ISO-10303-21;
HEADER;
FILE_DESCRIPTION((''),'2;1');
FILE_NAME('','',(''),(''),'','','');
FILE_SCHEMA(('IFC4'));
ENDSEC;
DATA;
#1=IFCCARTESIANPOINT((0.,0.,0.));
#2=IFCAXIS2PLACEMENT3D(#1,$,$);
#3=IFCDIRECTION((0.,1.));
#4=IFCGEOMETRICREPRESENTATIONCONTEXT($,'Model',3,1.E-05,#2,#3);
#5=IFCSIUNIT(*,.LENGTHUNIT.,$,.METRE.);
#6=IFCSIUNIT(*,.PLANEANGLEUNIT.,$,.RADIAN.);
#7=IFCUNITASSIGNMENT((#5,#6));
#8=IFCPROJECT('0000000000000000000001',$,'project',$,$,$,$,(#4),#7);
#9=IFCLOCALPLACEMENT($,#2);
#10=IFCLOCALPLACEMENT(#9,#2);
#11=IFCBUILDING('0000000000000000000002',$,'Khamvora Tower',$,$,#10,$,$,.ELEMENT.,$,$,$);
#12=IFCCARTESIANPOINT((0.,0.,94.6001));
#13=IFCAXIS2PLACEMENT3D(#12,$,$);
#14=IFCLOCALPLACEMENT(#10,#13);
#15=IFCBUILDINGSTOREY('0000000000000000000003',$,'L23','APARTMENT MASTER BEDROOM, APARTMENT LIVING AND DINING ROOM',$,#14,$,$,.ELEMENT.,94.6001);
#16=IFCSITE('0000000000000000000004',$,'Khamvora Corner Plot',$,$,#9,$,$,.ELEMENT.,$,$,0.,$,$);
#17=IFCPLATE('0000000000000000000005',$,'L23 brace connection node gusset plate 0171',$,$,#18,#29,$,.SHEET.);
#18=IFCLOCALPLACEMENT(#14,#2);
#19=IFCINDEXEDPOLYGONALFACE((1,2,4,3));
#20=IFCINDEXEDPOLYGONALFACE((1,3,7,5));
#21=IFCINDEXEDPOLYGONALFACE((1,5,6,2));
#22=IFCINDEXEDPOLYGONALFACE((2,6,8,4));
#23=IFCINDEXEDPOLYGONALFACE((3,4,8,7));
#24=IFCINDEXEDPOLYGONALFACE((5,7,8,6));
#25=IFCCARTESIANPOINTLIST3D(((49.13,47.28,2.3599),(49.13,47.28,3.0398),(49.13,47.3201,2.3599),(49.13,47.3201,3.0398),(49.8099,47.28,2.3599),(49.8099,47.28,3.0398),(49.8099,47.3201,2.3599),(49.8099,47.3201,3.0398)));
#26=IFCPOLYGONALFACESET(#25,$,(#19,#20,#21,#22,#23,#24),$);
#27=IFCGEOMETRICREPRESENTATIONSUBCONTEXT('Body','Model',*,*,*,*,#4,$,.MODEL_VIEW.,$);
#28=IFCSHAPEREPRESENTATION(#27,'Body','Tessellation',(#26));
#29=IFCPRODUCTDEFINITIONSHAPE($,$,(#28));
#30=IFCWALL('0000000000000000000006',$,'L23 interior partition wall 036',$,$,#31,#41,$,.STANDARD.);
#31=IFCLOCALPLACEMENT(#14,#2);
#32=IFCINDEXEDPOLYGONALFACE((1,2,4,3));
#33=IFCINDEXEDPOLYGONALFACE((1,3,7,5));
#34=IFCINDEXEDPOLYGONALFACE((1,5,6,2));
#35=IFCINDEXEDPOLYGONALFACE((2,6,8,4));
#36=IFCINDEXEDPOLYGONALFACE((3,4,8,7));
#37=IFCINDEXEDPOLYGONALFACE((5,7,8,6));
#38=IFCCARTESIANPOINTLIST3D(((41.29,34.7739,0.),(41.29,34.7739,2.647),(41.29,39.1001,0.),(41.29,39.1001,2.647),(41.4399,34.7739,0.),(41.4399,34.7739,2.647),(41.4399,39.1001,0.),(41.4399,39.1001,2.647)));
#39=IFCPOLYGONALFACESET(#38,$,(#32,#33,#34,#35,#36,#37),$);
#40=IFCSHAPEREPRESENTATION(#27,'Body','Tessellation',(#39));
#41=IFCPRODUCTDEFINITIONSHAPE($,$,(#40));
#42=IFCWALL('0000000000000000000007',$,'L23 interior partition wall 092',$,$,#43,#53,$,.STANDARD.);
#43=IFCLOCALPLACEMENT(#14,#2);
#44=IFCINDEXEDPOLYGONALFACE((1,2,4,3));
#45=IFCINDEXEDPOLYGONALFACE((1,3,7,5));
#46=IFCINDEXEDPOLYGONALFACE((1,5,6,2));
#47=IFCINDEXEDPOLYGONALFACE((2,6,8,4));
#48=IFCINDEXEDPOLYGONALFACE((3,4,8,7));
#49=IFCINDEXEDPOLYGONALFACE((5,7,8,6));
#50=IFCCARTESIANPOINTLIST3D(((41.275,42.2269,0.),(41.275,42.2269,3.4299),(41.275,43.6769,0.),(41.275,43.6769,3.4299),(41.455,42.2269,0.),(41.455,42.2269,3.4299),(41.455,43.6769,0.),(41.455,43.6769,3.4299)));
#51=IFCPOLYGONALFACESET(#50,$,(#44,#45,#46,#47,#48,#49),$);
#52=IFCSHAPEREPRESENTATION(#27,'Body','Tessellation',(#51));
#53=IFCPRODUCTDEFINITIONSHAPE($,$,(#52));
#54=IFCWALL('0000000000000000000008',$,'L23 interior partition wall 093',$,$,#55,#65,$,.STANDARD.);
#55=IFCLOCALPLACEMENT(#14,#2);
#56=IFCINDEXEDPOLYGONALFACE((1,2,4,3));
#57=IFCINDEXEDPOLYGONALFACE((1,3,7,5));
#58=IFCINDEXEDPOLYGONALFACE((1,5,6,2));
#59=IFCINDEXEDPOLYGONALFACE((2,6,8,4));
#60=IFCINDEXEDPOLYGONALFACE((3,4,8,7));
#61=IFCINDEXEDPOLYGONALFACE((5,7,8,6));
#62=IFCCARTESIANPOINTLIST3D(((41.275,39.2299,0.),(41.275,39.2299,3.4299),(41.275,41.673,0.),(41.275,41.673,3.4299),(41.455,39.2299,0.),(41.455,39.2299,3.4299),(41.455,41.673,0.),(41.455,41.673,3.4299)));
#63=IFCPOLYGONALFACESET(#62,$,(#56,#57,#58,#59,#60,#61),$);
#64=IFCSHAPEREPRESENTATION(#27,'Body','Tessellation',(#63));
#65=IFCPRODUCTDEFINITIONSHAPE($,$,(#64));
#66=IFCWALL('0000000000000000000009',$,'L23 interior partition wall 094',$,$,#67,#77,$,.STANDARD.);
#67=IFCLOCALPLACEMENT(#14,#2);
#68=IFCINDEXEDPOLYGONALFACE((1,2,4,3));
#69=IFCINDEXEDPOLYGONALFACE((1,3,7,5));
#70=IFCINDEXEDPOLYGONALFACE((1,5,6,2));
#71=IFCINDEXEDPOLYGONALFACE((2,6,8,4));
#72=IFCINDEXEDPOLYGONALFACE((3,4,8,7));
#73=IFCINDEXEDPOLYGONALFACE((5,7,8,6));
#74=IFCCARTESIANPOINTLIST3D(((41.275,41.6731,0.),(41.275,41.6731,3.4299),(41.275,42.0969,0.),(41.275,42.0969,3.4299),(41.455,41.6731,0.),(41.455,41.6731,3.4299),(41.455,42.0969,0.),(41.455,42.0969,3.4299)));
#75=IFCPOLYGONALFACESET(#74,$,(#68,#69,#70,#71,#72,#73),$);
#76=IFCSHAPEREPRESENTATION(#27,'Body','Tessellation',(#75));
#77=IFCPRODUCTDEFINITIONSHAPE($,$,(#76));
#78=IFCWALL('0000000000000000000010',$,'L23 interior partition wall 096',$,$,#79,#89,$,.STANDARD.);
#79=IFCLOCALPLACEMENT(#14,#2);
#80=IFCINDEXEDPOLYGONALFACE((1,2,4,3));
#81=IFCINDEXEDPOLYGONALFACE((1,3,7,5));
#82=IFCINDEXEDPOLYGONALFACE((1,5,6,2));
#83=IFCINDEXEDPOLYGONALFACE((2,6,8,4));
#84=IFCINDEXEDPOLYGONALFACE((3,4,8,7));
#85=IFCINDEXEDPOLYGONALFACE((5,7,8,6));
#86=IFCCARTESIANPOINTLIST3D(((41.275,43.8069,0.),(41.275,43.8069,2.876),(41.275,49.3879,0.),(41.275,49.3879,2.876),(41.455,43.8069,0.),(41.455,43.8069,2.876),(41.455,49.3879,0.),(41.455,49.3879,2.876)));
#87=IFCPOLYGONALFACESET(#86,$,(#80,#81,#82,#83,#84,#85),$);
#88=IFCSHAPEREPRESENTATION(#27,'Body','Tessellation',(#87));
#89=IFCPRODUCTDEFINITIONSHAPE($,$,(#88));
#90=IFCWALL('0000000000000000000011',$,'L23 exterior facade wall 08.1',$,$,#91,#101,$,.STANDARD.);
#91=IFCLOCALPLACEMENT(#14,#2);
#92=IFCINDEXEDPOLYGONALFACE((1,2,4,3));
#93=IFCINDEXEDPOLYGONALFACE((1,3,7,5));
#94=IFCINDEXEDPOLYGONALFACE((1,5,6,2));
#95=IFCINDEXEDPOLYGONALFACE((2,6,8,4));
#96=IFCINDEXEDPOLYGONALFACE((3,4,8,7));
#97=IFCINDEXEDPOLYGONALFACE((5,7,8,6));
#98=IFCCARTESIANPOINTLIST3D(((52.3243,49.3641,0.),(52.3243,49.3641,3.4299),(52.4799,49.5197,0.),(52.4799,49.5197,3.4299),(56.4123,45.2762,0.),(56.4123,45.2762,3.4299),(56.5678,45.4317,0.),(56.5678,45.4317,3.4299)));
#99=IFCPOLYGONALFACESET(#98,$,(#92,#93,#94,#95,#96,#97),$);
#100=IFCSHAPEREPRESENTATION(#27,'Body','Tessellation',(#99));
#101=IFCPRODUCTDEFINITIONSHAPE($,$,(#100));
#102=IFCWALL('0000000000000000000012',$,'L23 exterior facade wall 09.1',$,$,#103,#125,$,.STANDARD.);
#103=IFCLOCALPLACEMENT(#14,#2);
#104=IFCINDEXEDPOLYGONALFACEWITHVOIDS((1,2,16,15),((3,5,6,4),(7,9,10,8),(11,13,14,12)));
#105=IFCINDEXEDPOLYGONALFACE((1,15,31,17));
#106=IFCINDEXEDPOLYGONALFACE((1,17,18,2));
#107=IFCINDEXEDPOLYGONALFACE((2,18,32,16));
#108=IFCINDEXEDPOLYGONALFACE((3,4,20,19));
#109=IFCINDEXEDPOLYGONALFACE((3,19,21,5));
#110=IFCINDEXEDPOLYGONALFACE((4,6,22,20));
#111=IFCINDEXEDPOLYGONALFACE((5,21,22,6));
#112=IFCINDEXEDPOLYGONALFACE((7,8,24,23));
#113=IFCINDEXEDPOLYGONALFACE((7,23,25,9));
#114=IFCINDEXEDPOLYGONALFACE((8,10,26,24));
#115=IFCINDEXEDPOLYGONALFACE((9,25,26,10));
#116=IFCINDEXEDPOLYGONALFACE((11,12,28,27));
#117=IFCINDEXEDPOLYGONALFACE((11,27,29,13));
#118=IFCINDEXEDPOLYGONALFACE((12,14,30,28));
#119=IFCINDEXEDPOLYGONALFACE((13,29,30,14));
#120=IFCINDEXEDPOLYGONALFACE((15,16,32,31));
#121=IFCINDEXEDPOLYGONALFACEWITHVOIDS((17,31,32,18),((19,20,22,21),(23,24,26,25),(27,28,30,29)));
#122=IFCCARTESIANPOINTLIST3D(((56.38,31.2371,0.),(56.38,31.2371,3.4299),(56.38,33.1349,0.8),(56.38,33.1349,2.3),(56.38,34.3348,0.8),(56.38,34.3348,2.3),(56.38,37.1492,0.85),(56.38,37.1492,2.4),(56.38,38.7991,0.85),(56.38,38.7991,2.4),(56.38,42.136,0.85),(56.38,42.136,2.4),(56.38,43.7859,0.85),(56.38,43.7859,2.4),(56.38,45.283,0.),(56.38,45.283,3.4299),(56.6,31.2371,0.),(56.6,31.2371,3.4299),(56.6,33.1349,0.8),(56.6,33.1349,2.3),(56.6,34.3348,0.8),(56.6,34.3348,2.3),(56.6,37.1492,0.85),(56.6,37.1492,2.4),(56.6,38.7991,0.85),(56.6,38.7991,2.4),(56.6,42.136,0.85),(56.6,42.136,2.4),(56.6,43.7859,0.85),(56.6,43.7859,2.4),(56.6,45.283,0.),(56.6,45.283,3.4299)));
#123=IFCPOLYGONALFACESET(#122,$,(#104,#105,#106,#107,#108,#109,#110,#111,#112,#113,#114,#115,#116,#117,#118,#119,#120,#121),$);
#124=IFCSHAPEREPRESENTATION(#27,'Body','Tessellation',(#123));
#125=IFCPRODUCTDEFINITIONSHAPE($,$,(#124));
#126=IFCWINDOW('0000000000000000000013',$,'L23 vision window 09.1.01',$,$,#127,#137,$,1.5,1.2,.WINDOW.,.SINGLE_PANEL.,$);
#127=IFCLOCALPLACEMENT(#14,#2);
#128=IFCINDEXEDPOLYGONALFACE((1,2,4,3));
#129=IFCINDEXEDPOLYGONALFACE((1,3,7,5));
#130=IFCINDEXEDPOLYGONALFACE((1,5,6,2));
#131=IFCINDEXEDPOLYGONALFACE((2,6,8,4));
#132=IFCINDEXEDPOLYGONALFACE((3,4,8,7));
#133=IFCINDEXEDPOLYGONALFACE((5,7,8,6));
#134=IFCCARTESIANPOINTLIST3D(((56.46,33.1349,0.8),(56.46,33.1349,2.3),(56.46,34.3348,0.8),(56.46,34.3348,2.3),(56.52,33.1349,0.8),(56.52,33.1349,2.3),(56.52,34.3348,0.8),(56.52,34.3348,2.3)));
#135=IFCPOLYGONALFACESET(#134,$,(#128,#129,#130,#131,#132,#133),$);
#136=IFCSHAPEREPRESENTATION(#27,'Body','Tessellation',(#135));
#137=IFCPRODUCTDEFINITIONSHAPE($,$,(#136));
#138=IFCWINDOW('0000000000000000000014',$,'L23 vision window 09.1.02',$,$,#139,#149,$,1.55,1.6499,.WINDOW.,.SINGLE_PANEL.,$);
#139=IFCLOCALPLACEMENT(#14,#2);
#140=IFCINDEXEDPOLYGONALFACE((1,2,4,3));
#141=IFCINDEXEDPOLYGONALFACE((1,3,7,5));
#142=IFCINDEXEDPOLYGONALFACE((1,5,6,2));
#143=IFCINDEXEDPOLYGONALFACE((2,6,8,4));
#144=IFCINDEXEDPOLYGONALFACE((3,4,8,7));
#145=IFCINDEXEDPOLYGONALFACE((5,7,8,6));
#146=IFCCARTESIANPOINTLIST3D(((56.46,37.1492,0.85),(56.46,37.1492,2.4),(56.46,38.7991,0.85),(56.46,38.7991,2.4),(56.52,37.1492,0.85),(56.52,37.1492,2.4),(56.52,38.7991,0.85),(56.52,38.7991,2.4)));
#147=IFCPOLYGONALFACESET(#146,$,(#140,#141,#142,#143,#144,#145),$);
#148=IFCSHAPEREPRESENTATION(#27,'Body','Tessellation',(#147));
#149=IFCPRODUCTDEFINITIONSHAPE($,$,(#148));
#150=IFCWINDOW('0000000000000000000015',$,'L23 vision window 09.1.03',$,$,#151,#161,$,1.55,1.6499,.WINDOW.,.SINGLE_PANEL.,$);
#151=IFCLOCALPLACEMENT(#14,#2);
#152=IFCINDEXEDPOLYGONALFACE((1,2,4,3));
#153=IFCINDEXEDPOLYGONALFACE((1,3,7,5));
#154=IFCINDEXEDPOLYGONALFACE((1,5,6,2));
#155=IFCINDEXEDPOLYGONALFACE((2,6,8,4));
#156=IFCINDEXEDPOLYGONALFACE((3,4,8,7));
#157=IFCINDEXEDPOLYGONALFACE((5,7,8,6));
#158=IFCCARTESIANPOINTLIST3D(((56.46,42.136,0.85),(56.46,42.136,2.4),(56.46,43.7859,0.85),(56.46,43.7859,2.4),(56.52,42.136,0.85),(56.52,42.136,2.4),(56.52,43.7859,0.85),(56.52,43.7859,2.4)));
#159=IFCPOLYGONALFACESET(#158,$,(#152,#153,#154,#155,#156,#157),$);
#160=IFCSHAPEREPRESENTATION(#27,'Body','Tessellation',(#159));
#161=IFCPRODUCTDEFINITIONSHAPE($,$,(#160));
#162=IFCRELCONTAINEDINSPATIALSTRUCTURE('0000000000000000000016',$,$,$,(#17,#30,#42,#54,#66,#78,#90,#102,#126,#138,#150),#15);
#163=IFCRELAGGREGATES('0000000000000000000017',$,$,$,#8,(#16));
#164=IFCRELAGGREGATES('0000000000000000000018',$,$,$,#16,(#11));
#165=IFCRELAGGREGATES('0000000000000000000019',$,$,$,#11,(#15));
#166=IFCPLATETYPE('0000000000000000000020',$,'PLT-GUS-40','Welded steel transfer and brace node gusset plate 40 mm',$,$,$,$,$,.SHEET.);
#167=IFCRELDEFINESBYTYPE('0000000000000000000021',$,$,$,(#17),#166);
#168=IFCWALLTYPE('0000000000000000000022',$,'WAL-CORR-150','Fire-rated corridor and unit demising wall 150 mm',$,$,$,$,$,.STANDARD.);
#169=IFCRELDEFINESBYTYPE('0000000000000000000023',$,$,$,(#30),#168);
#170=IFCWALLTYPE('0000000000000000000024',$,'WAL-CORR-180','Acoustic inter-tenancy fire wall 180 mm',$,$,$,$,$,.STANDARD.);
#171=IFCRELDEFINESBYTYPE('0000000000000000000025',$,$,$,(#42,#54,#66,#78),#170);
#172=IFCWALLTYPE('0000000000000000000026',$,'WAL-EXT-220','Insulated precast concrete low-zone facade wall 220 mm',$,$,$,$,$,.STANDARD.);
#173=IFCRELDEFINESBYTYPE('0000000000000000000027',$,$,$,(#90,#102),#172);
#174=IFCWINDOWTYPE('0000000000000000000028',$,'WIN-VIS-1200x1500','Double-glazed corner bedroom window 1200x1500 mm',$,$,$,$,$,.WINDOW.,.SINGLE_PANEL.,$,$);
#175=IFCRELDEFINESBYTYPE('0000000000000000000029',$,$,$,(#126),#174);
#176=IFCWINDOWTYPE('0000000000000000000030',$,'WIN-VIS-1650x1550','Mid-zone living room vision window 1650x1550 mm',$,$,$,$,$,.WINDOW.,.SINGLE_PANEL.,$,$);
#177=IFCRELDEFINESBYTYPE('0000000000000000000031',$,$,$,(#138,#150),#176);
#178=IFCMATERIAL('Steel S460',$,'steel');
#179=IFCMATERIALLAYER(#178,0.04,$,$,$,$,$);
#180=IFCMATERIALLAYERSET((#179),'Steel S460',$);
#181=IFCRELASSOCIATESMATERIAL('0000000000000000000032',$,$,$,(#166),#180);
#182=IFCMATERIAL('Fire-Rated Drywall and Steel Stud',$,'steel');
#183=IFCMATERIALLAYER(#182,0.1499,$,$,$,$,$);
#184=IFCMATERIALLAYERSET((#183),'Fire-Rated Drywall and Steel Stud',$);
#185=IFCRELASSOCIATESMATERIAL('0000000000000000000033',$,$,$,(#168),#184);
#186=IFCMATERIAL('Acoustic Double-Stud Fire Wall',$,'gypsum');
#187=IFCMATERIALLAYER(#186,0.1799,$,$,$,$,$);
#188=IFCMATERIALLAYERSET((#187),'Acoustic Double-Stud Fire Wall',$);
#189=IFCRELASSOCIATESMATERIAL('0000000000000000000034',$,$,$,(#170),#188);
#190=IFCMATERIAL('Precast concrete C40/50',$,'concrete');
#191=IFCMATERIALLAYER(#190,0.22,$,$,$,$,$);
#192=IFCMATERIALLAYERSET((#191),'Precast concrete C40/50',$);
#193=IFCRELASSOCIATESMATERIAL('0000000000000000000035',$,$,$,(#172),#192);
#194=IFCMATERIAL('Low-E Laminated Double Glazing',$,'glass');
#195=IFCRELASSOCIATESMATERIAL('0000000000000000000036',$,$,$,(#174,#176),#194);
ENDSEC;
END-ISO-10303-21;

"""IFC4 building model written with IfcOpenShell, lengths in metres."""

from ifc_helpers import new_model, si_unit, direction, frame, frame_2d, origin, origin_2d, place, context, subcontext, project, spatial, rectangle, extrude, material, layer, layer_set, type_object, element, fill, save


model = new_model("IFC4")

# Units and contexts
model_context = context("Model", 3, precision=1e-05, world=origin(), true_north=direction((0.0, 1.0)))
body_context = subcontext(model_context, "Body", "Model", "MODEL_VIEW")
ifc_project = project(units=[si_unit("LENGTHUNIT", "METRE"), si_unit("PLANEANGLEUNIT", "RADIAN")], contexts=[model_context])

# Site, building, storey
site_placement = place(None, origin())
site = spatial("IfcSite", under=ifc_project, at=site_placement, Name="Khamvora Corner Plot", CompositionType="ELEMENT", RefElevation=0.0)
building_placement = place(site_placement, origin())
building = spatial("IfcBuilding", under=site, at=building_placement, Name="Khamvora Tower", CompositionType="ELEMENT")
storey_placement = place(building_placement, frame((0.0, 0.0, 94.6001)))
storey = spatial("IfcBuildingStorey", under=building, at=storey_placement, Name="L23", Description="APARTMENT MASTER BEDROOM, APARTMENT LIVING AND DINING ROOM", CompositionType="ELEMENT", Elevation=94.6001)

# Shared definitions
ifc_material_1 = material(Name="Steel S460", Category="steel")

# Plate
ifc_layer_1 = layer(ifc_material_1, 0.04)
ifc_layer_set_1 = layer_set([ifc_layer_1], Name="Steel S460")
plate_type_1 = type_object("IfcPlateType", Name="PLT-GUS-40", Description="Welded steel transfer and brace node gusset plate 40 mm", PredefinedType="SHEET", material=ifc_layer_set_1)
plate_1_placement = place(storey_placement, frame((49.47, 47.3, 2.3599), z_axis=(0.0, 0.0, 1.0), x_axis=(1.0, 0.0, 0.0)))
element("IfcPlate", 1, at=plate_1_placement, inside=storey, type_object=plate_type_1, Name="L23 brace connection node gusset plate 0171", PredefinedType="SHEET", context=body_context, shape_type="SweptSolid", body=[
    extrude(rectangle(XDim=0.6799, YDim=0.04, at=origin_2d()), origin(), (0.0, 0.0, 1.0), 0.6799),
])

# Walls
ifc_material_2 = material(Name="Fire-Rated Drywall and Steel Stud", Category="steel")
ifc_layer_2 = layer(ifc_material_2, 0.1499)
ifc_layer_set_2 = layer_set([ifc_layer_2], Name="Fire-Rated Drywall and Steel Stud")
wall_type_1 = type_object("IfcWallType", Name="WAL-CORR-150", Description="Fire-rated corridor and unit demising wall 150 mm", PredefinedType="STANDARD", material=ifc_layer_set_2)
wall_1_placement = place(storey_placement, frame((41.365, 39.1001, 0.0), z_axis=(0.0, 0.0, 1.0), x_axis=(0.0, -1.0, 0.0)))
element("IfcWall", 2, at=wall_1_placement, inside=storey, type_object=wall_type_1, Name="L23 interior partition wall 036", PredefinedType="STANDARD", context=body_context, shape_type="SweptSolid", body=[
    extrude(rectangle(XDim=4.3262, YDim=0.1499, at=frame_2d((2.1631, 0.0))), origin(), (0.0, 0.0, 1.0), 2.647),
])
ifc_material_3 = material(Name="Acoustic Double-Stud Fire Wall", Category="gypsum")
ifc_layer_3 = layer(ifc_material_3, 0.1799)
ifc_layer_set_3 = layer_set([ifc_layer_3], Name="Acoustic Double-Stud Fire Wall")
wall_type_2 = type_object("IfcWallType", Name="WAL-CORR-180", Description="Acoustic inter-tenancy fire wall 180 mm", PredefinedType="STANDARD", material=ifc_layer_set_3)
wall_2_placement = place(storey_placement, frame((41.365, 43.677, 0.0), z_axis=(0.0, 0.0, 1.0), x_axis=(0.0, -1.0, 0.0)))
element("IfcWall", 3, at=wall_2_placement, inside=storey, type_object=wall_type_2, Name="L23 interior partition wall 092", PredefinedType="STANDARD", context=body_context, shape_type="SweptSolid", body=[
    extrude(rectangle(XDim=1.45, YDim=0.1799, at=frame_2d((0.7251, 0.0))), origin(), (0.0, 0.0, 1.0), 3.4299),
])
wall_3_placement = place(storey_placement, frame((41.365, 41.6731, 0.0), z_axis=(0.0, 0.0, 1.0), x_axis=(0.0, -1.0, 0.0)))
element("IfcWall", 4, at=wall_3_placement, inside=storey, type_object=wall_type_2, Name="L23 interior partition wall 093", PredefinedType="STANDARD", context=body_context, shape_type="SweptSolid", body=[
    extrude(rectangle(XDim=2.4431, YDim=0.1799, at=frame_2d((1.2217, 0.0))), origin(), (0.0, 0.0, 1.0), 3.4299),
])
wall_4_placement = place(storey_placement, frame((41.365, 42.0969, 0.0), z_axis=(0.0, 0.0, 1.0), x_axis=(0.0, -1.0, 0.0)))
element("IfcWall", 5, at=wall_4_placement, inside=storey, type_object=wall_type_2, Name="L23 interior partition wall 094", PredefinedType="STANDARD", context=body_context, shape_type="SweptSolid", body=[
    extrude(rectangle(XDim=0.4238, YDim=0.1799, at=frame_2d((0.2119, 0.0))), origin(), (0.0, 0.0, 1.0), 3.4299),
])
wall_5_placement = place(storey_placement, frame((41.365, 49.3879, 0.0), z_axis=(0.0, 0.0, 1.0), x_axis=(0.0, -1.0, 0.0)))
element("IfcWall", 6, at=wall_5_placement, inside=storey, type_object=wall_type_2, Name="L23 interior partition wall 096", PredefinedType="STANDARD", context=body_context, shape_type="SweptSolid", body=[
    extrude(rectangle(XDim=5.5811, YDim=0.1799, at=frame_2d((2.7905, 0.0))), origin(), (0.0, 0.0, 1.0), 2.876),
])
ifc_material_4 = material(Name="Precast concrete C40/50", Category="concrete")
ifc_layer_4 = layer(ifc_material_4, 0.22)
ifc_layer_set_4 = layer_set([ifc_layer_4], Name="Precast concrete C40/50")
wall_type_3 = type_object("IfcWallType", Name="WAL-EXT-220", Description="Insulated precast concrete low-zone facade wall 220 mm", PredefinedType="STANDARD", material=ifc_layer_set_4)
wall_6_placement = place(storey_placement, frame((52.4021, 49.4419, 0.0), z_axis=(0.0, 0.0, 1.0), x_axis=(0.707107, -0.707107, 0.0)))
element("IfcWall", 7, at=wall_6_placement, inside=storey, type_object=wall_type_3, Name="L23 exterior facade wall 08.1", PredefinedType="STANDARD", context=body_context, shape_type="SweptSolid", body=[
    extrude(rectangle(XDim=5.7812, YDim=0.22, at=frame_2d((2.8906, 0.0))), origin(), (0.0, 0.0, 1.0), 3.4299),
])

# Wall, openings, windows
wall_7_placement = place(storey_placement, frame((56.49, 45.283, 0.0), z_axis=(0.0, 0.0, 1.0), x_axis=(0.0, -1.0, 0.0)))
wall_7 = element("IfcWall", 8, at=wall_7_placement, inside=storey, type_object=wall_type_3, Name="L23 exterior facade wall 09.1", PredefinedType="STANDARD", context=body_context, shape_type="SweptSolid", body=[
    extrude(rectangle(XDim=14.0459, YDim=0.22, at=frame_2d((7.0229, 0.0))), origin(), (0.0, 0.0, 1.0), 3.4299),
])
opening_1_placement = place(wall_7_placement, frame((10.948, 0.0, 0.8)))
opening_1 = element("IfcOpeningElement", 9, at=opening_1_placement, cuts=wall_7, PredefinedType="OPENING", context=body_context, shape_type="SweptSolid", body=[
    extrude(rectangle(XDim=1.2, YDim=1.5, at=frame_2d((0.6001, 0.75))), frame((0.0, 0.1199, 0.0), z_axis=(0.0, -1.0, 0.0), x_axis=(1.0, 0.0, 0.0)), (0.0, 0.0, 1.0), 0.24),
])
opening_2_placement = place(wall_7_placement, frame((6.4839, 0.0, 0.8501)))
opening_2 = element("IfcOpeningElement", 10, at=opening_2_placement, cuts=wall_7, PredefinedType="OPENING", context=body_context, shape_type="SweptSolid", body=[
    extrude(rectangle(XDim=1.6499, YDim=1.55, at=frame_2d((0.825, 0.7749))), frame((0.0, 0.1199, 0.0), z_axis=(0.0, -1.0, 0.0), x_axis=(1.0, 0.0, 0.0)), (0.0, 0.0, 1.0), 0.24),
])
opening_3_placement = place(wall_7_placement, frame((1.4971, 0.0, 0.8501)))
opening_3 = element("IfcOpeningElement", 11, at=opening_3_placement, cuts=wall_7, PredefinedType="OPENING", context=body_context, shape_type="SweptSolid", body=[
    extrude(rectangle(XDim=1.6499, YDim=1.55, at=frame_2d((0.825, 0.7749))), frame((0.0, 0.1199, 0.0), z_axis=(0.0, -1.0, 0.0), x_axis=(1.0, 0.0, 0.0)), (0.0, 0.0, 1.0), 0.24),
])
ifc_material_5 = material(Name="Low-E Laminated Double Glazing", Category="glass")
window_type_1 = type_object("IfcWindowType", Name="WIN-VIS-1200x1500", Description="Double-glazed corner bedroom window 1200x1500 mm", PartitioningType="SINGLE_PANEL", PredefinedType="WINDOW", material=ifc_material_5)
window_1_placement = place(opening_1_placement, origin())
window_1 = element("IfcWindow", 12, at=window_1_placement, inside=storey, type_object=window_type_1, Name="L23 vision window 09.1.01", OverallHeight=1.5, OverallWidth=1.2, PartitioningType="SINGLE_PANEL", PredefinedType="WINDOW", context=body_context, shape_type="SweptSolid", body=[
    extrude(rectangle(XDim=1.2, YDim=1.5, at=frame_2d((0.6001, 0.75))), frame((0.0, 0.03, 0.0), z_axis=(0.0, -1.0, 0.0), x_axis=(1.0, 0.0, 0.0)), (0.0, 0.0, 1.0), 0.0601),
])
fill(opening_1, window_1)
window_type_2 = type_object("IfcWindowType", Name="WIN-VIS-1650x1550", Description="Mid-zone living room vision window 1650x1550 mm", PartitioningType="SINGLE_PANEL", PredefinedType="WINDOW", material=ifc_material_5)
window_2_placement = place(opening_2_placement, origin())
window_2 = element("IfcWindow", 13, at=window_2_placement, inside=storey, type_object=window_type_2, Name="L23 vision window 09.1.02", OverallHeight=1.55, OverallWidth=1.6499, PartitioningType="SINGLE_PANEL", PredefinedType="WINDOW", context=body_context, shape_type="SweptSolid", body=[
    extrude(rectangle(XDim=1.6499, YDim=1.55, at=frame_2d((0.825, 0.7749))), frame((0.0, 0.03, 0.0), z_axis=(0.0, -1.0, 0.0), x_axis=(1.0, 0.0, 0.0)), (0.0, 0.0, 1.0), 0.0601),
])
fill(opening_2, window_2)
window_3_placement = place(opening_3_placement, origin())
window_3 = element("IfcWindow", 14, at=window_3_placement, inside=storey, type_object=window_type_2, Name="L23 vision window 09.1.03", OverallHeight=1.55, OverallWidth=1.6499, PartitioningType="SINGLE_PANEL", PredefinedType="WINDOW", context=body_context, shape_type="SweptSolid", body=[
    extrude(rectangle(XDim=1.6499, YDim=1.55, at=frame_2d((0.825, 0.7749))), frame((0.0, 0.03, 0.0), z_axis=(0.0, -1.0, 0.0), x_axis=(1.0, 0.0, 0.0)), (0.0, 0.0, 1.0), 0.0601),
])
fill(opening_3, window_3)

save(model, "model.ifc")
